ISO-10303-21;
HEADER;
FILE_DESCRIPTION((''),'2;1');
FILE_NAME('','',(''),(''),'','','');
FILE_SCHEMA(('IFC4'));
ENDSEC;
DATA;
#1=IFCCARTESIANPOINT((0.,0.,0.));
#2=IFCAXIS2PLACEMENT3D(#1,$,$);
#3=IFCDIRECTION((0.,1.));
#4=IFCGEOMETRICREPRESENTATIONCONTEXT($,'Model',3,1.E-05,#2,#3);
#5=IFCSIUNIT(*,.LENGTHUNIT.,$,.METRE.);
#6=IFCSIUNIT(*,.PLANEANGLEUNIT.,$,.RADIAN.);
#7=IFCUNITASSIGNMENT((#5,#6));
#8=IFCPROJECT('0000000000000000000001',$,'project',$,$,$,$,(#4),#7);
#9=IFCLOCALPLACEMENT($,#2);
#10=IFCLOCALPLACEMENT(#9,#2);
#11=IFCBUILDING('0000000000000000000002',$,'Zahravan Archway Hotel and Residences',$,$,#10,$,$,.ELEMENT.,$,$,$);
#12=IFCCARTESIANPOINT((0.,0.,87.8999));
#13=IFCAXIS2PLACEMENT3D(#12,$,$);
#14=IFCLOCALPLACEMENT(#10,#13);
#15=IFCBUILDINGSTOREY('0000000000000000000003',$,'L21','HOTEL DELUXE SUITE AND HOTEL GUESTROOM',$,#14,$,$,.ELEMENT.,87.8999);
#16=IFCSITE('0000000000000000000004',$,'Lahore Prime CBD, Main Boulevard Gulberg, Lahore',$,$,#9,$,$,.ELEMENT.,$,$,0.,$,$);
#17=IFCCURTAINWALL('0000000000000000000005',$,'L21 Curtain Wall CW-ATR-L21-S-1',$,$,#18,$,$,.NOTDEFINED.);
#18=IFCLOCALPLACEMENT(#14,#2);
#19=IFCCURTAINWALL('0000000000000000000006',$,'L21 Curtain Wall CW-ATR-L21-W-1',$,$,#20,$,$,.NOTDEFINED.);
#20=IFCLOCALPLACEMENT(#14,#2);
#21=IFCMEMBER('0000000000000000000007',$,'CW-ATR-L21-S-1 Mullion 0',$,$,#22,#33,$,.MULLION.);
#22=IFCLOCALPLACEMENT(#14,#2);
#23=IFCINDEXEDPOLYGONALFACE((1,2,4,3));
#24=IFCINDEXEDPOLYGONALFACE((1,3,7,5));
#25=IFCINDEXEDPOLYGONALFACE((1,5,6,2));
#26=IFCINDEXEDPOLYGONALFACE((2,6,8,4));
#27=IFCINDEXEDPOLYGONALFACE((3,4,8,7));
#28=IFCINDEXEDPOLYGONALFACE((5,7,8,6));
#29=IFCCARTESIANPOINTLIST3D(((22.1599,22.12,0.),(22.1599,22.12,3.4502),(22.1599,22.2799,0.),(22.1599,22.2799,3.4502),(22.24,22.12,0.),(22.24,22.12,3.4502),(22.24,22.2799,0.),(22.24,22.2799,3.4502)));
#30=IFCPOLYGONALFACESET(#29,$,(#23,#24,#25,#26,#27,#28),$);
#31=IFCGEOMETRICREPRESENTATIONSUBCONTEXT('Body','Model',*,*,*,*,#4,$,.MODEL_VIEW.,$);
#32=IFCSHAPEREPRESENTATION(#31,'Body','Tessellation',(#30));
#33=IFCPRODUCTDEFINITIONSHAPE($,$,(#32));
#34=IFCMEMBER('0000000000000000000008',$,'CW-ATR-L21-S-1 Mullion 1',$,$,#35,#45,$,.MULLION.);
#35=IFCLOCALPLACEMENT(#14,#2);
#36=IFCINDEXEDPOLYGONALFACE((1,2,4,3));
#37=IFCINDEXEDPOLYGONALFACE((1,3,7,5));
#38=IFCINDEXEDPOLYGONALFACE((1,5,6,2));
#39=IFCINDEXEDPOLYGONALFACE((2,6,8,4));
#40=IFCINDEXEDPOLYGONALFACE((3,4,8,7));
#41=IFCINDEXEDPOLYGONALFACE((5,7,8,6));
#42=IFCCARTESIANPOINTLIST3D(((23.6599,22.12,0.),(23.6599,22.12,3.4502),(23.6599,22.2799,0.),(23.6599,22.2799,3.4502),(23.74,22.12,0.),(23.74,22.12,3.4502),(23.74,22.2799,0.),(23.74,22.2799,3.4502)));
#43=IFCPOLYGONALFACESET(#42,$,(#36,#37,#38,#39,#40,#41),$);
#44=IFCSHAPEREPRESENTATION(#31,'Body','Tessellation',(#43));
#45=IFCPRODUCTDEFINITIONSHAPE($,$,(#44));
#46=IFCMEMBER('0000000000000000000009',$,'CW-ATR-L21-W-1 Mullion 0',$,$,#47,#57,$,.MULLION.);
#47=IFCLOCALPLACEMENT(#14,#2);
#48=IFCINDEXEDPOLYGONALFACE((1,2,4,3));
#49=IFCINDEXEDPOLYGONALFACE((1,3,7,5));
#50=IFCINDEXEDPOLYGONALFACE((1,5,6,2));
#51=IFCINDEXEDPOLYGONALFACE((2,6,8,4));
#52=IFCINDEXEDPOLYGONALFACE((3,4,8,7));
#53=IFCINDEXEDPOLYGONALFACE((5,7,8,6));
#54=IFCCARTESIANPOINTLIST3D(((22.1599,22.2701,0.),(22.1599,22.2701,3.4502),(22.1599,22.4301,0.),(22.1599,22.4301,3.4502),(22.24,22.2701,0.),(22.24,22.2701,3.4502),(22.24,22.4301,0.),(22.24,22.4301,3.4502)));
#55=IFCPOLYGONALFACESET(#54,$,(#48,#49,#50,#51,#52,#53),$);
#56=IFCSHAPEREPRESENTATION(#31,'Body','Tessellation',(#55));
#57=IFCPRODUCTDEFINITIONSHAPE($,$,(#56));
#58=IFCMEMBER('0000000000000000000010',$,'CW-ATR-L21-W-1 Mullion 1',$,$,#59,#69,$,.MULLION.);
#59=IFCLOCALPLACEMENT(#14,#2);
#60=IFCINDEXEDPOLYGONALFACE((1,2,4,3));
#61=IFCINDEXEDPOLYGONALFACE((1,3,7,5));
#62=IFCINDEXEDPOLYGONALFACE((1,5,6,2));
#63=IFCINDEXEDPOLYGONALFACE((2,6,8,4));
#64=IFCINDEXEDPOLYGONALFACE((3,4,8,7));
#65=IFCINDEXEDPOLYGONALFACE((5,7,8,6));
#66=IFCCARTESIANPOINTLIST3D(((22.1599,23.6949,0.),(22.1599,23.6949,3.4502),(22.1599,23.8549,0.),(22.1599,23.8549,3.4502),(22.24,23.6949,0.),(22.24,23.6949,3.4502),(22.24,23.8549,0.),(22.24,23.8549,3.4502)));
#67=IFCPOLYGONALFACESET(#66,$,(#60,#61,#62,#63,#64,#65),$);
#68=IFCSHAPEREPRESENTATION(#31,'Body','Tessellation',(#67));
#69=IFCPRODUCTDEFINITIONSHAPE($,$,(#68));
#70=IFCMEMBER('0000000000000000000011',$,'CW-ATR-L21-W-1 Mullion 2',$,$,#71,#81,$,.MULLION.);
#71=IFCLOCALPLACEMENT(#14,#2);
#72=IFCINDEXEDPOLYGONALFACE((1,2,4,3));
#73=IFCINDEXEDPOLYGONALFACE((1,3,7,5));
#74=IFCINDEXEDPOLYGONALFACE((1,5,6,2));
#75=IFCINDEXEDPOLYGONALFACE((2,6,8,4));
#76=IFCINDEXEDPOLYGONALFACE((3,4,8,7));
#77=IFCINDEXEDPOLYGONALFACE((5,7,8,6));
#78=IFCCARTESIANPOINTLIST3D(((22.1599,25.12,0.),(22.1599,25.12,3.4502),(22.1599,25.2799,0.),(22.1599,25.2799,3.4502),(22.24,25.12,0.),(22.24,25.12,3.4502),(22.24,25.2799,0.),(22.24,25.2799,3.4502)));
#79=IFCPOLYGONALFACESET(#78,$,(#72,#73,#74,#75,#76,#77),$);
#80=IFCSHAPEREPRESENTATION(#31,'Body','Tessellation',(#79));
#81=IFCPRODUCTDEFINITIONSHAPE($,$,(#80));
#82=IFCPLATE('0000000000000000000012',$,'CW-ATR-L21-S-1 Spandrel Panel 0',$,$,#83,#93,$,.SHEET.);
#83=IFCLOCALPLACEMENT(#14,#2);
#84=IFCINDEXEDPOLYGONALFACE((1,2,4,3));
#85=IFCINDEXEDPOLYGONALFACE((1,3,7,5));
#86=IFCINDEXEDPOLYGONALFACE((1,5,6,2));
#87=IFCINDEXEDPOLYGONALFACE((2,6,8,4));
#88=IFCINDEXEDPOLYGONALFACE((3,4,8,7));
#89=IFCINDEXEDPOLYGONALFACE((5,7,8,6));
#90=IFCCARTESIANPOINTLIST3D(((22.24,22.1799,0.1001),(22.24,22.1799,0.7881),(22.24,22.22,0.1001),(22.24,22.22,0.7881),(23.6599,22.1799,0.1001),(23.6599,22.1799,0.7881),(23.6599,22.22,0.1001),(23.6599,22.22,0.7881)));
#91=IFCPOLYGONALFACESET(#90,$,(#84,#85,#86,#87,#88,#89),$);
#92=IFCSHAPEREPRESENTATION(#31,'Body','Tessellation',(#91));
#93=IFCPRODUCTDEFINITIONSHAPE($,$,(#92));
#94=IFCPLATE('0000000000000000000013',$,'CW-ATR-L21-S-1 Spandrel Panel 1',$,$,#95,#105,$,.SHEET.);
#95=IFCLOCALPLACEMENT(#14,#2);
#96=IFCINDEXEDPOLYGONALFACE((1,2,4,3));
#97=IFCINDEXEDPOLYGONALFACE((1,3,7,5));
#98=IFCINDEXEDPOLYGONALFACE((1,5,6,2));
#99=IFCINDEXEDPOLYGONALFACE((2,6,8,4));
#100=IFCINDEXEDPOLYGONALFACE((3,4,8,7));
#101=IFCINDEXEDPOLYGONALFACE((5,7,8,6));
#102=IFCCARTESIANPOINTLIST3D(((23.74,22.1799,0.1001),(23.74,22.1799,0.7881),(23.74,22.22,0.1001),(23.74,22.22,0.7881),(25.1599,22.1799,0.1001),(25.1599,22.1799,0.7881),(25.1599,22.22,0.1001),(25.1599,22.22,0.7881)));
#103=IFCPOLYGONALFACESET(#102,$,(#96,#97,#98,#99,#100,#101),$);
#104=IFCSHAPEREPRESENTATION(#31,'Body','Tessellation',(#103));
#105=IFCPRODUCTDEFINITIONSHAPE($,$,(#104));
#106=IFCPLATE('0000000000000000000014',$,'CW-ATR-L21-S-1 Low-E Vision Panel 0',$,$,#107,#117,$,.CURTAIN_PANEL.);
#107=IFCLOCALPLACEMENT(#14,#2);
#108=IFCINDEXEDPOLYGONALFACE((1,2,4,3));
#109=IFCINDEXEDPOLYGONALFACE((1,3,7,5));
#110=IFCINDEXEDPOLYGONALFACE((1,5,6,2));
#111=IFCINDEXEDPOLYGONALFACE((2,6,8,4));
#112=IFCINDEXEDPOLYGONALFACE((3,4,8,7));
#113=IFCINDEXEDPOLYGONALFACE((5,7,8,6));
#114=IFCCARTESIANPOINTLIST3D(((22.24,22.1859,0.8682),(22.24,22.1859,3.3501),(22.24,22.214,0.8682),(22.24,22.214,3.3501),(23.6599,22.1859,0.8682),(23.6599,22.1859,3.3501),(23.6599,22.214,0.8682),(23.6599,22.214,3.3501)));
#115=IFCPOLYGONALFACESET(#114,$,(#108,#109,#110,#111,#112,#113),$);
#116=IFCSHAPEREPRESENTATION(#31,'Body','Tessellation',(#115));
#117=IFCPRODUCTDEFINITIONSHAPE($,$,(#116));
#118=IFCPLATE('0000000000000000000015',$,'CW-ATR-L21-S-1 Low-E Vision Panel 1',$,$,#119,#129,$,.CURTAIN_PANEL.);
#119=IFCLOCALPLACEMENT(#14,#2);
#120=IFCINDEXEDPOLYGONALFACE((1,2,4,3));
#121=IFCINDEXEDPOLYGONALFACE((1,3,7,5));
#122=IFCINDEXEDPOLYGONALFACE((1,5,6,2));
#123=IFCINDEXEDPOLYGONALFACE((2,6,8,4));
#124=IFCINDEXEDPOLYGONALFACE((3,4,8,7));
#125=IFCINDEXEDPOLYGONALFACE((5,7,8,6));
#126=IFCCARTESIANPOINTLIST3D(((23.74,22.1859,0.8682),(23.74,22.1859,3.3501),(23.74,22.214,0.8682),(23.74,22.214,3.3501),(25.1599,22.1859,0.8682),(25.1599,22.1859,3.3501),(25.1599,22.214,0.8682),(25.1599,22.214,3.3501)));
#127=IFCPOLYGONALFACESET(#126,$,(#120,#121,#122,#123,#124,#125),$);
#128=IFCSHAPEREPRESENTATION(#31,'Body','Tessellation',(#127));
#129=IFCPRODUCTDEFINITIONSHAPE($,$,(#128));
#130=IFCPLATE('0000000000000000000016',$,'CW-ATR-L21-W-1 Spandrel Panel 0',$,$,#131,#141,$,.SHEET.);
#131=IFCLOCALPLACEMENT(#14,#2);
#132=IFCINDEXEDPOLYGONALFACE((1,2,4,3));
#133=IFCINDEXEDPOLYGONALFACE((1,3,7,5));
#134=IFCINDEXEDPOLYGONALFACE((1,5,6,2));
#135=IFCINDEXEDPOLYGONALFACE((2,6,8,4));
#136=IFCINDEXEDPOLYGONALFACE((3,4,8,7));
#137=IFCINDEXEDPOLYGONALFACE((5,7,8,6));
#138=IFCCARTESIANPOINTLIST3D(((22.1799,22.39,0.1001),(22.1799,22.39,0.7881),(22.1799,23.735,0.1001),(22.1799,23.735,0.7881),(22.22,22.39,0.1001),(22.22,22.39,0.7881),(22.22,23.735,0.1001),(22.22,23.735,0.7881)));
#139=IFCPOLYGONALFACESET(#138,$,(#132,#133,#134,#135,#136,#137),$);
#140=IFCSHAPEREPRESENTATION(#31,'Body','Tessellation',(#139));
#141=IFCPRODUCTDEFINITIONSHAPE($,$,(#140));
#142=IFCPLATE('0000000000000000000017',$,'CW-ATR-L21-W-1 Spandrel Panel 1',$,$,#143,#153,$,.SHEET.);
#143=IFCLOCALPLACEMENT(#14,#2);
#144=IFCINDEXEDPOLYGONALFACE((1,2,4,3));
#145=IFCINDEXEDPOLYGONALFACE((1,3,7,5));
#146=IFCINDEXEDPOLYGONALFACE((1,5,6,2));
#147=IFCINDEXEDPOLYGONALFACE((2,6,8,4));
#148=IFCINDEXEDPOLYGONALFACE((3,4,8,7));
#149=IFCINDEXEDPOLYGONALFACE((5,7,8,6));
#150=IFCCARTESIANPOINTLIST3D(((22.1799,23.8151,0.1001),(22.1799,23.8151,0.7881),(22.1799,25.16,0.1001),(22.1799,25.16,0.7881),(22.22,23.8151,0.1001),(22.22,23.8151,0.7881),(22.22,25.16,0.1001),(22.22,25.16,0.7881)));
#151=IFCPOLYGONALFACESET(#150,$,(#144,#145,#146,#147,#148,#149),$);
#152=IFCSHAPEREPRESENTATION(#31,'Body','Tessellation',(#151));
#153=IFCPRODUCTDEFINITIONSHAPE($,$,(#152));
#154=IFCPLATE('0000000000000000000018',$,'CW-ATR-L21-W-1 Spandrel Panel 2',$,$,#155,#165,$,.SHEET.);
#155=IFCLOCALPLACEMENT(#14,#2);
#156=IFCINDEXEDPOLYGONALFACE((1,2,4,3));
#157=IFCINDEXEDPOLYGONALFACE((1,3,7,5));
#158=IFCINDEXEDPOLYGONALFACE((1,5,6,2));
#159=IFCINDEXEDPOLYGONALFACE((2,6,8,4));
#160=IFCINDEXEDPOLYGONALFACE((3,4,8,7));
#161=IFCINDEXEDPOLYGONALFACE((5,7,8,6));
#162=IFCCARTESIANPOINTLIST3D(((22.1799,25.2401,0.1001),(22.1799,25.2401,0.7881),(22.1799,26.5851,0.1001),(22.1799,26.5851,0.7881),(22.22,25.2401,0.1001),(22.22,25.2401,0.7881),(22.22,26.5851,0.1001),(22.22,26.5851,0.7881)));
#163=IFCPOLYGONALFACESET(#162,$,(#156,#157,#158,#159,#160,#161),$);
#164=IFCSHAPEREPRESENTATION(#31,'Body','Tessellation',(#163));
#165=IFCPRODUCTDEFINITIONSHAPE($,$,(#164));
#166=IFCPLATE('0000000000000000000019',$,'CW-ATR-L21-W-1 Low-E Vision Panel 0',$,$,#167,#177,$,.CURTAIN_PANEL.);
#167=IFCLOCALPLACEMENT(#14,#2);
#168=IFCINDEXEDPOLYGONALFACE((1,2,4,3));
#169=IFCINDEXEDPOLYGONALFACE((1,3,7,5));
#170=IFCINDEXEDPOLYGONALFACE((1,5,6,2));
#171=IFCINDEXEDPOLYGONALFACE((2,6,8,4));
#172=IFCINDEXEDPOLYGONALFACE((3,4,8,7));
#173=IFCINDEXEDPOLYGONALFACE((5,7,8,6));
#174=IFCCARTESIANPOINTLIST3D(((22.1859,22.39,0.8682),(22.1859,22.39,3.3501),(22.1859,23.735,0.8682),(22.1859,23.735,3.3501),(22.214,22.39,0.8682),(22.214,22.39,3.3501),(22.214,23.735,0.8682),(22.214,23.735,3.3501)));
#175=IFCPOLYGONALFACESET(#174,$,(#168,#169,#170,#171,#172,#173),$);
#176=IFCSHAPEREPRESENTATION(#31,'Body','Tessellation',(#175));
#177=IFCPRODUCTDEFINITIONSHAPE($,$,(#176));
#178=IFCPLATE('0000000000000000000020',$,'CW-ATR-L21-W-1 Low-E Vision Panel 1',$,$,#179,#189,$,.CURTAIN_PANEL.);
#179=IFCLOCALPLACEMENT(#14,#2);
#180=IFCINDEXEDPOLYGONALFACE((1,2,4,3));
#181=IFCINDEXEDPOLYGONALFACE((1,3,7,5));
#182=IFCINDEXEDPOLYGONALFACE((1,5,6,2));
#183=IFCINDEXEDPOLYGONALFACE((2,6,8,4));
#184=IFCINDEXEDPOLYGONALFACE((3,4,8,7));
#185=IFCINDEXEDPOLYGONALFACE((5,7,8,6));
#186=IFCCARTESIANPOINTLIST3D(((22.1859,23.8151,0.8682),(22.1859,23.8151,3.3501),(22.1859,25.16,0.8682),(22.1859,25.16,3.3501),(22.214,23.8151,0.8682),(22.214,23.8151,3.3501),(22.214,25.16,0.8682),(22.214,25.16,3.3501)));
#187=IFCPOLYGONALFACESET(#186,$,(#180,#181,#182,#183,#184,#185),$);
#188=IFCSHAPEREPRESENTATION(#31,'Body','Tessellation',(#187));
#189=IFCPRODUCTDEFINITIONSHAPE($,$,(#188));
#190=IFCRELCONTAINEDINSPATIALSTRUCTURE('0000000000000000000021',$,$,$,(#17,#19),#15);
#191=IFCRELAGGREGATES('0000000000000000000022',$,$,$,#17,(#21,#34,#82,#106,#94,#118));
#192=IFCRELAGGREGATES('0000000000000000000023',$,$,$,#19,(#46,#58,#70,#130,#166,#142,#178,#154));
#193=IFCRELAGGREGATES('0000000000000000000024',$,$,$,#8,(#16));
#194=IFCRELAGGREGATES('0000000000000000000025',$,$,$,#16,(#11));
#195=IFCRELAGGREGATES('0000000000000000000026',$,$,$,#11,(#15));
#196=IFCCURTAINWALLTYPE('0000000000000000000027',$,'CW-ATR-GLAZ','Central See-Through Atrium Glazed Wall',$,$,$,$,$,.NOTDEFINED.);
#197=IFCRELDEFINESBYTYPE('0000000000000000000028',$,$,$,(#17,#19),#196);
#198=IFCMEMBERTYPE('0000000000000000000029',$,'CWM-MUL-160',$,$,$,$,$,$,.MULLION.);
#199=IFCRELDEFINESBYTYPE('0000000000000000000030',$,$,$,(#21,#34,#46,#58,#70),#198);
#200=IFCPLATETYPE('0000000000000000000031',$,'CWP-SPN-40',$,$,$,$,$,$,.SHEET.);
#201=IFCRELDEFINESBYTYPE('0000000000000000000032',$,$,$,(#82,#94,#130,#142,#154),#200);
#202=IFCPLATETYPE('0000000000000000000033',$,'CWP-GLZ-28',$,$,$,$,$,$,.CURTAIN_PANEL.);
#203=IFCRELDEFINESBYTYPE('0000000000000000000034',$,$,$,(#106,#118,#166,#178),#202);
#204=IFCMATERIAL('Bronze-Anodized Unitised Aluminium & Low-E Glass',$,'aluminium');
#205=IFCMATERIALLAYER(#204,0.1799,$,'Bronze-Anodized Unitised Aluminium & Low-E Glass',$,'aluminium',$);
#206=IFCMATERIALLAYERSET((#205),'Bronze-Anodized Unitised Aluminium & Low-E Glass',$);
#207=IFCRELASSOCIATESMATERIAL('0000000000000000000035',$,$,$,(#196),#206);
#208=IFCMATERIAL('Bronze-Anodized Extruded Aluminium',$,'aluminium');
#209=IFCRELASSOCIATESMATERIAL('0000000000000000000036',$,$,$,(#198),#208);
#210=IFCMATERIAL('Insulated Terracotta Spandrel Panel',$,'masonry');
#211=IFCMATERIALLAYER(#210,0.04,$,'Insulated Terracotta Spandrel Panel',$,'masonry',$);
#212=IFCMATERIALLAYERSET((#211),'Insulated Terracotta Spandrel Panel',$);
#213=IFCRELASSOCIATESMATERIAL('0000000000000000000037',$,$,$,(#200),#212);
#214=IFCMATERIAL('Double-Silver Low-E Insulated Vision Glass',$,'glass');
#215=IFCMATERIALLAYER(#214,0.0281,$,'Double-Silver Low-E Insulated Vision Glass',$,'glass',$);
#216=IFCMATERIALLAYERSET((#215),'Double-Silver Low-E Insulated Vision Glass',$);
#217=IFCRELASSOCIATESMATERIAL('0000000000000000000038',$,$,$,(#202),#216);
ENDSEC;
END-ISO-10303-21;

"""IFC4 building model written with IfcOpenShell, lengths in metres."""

from ifc_helpers import new_model, si_unit, direction, frame, origin, origin_2d, place, context, subcontext, project, spatial, rectangle, extrude, source, transform, mapped, material, layer, layer_set, material_profile, profile_set, type_object, element, aggregate, save


model = new_model("IFC4")

# Units and contexts
model_context = context("Model", 3, precision=1e-05, world=origin(), true_north=direction((0.0, 1.0)))
body_context = subcontext(model_context, "Body", "Model", "MODEL_VIEW")
ifc_project = project(units=[si_unit("LENGTHUNIT", "METRE"), si_unit("PLANEANGLEUNIT", "RADIAN")], contexts=[model_context])

# Site, building, storey
site_placement = place(None, origin())
site = spatial("IfcSite", under=ifc_project, at=site_placement, Name="Lahore Prime CBD, Main Boulevard Gulberg, Lahore", CompositionType="ELEMENT", RefElevation=0.0)
building_placement = place(site_placement, origin())
building = spatial("IfcBuilding", under=site, at=building_placement, Name="Zahravan Archway Hotel and Residences", CompositionType="ELEMENT")
storey_placement = place(building_placement, frame((0.0, 0.0, 87.8999)))
storey = spatial("IfcBuildingStorey", under=building, at=storey_placement, Name="L21", Description="HOTEL DELUXE SUITE AND HOTEL GUESTROOM", CompositionType="ELEMENT", Elevation=87.8999)

# Curtain walls
ifc_material_1 = material(Name="Bronze-Anodized Unitised Aluminium & Low-E Glass", Category="aluminium")
ifc_layer_1 = layer(ifc_material_1, 0.1799, Name="Bronze-Anodized Unitised Aluminium & Low-E Glass", Category="aluminium")
ifc_layer_set_1 = layer_set([ifc_layer_1], Name="Bronze-Anodized Unitised Aluminium & Low-E Glass")
curtain_wall_type = type_object("IfcCurtainWallType", Name="CW-ATR-GLAZ", Description="Central See-Through Atrium Glazed Wall", PredefinedType="NOTDEFINED", material=ifc_layer_set_1)
curtain_wall_1_placement = place(storey_placement, origin())
curtain_wall_1 = element("IfcCurtainWall", 1, at=curtain_wall_1_placement, inside=storey, type_object=curtain_wall_type, Name="L21 Curtain Wall CW-ATR-L21-S-1", PredefinedType="NOTDEFINED")
ifc_material_2 = material(Name="Bronze-Anodized Extruded Aluminium", Category="aluminium")
curtain_wall_2_placement = place(storey_placement, origin())
curtain_wall_2 = element("IfcCurtainWall", 2, at=curtain_wall_2_placement, inside=storey, type_object=curtain_wall_type, Name="L21 Curtain Wall CW-ATR-L21-W-1", PredefinedType="NOTDEFINED")

# Members
ifc_material_profile_1 = material_profile(ifc_material_2, rectangle(XDim=0.0801, YDim=0.1599, at=origin_2d()), Name="MUL 80x160", Category="aluminium")
ifc_profile_set_1 = profile_set([ifc_material_profile_1], Name="Bronze-Anodized Extruded Aluminium")
member_type_1 = type_object("IfcMemberType", Name="CWM-MUL-160", PredefinedType="MULLION", material=ifc_profile_set_1)
shared_shape_1 = source(origin(), body_context, "Body", "SweptSolid", [
    extrude(rectangle(XDim=0.0801, YDim=0.1599, at=origin_2d()), origin(), (0.0, 0.0, 1.0), 3.4502),
])
member_1_placement = place(storey_placement, frame((22.2, 22.2, 0.0), z_axis=(0.0, 0.0, 1.0), x_axis=(1.0, 0.0, 0.0)))
member_1 = element("IfcMember", 3, at=member_1_placement, type_object=member_type_1, Name="CW-ATR-L21-S-1 Mullion 0", PredefinedType="MULLION", context=body_context, shape_type="MappedRepresentation", body=[
    mapped(shared_shape_1, transform((0.0, 0.0, 0.0), scale=1.0)),
])
member_2_placement = place(storey_placement, frame((23.7, 22.2, 0.0), z_axis=(0.0, 0.0, 1.0), x_axis=(1.0, 0.0, 0.0)))
member_2 = element("IfcMember", 4, at=member_2_placement, type_object=member_type_1, Name="CW-ATR-L21-S-1 Mullion 1", PredefinedType="MULLION", context=body_context, shape_type="MappedRepresentation", body=[
    mapped(shared_shape_1, transform((0.0, 0.0, 0.0), scale=1.0)),
])
member_3_placement = place(storey_placement, frame((22.2, 22.3501, 0.0), z_axis=(0.0, 0.0, 1.0), x_axis=(1.0, 0.0, 0.0)))
member_3 = element("IfcMember", 5, at=member_3_placement, type_object=member_type_1, Name="CW-ATR-L21-W-1 Mullion 0", PredefinedType="MULLION", context=body_context, shape_type="MappedRepresentation", body=[
    mapped(shared_shape_1, transform((0.0, 0.0, 0.0), scale=1.0)),
])
member_4_placement = place(storey_placement, frame((22.2, 23.7749, 0.0), z_axis=(0.0, 0.0, 1.0), x_axis=(1.0, 0.0, 0.0)))
member_4 = element("IfcMember", 6, at=member_4_placement, type_object=member_type_1, Name="CW-ATR-L21-W-1 Mullion 1", PredefinedType="MULLION", context=body_context, shape_type="MappedRepresentation", body=[
    mapped(shared_shape_1, transform((0.0, 0.0, 0.0), scale=1.0)),
])
member_5_placement = place(storey_placement, frame((22.2, 25.2, 0.0), z_axis=(0.0, 0.0, 1.0), x_axis=(1.0, 0.0, 0.0)))
member_5 = element("IfcMember", 7, at=member_5_placement, type_object=member_type_1, Name="CW-ATR-L21-W-1 Mullion 2", PredefinedType="MULLION", context=body_context, shape_type="MappedRepresentation", body=[
    mapped(shared_shape_1, transform((0.0, 0.0, 0.0), scale=1.0)),
])

# Plates
ifc_material_3 = material(Name="Insulated Terracotta Spandrel Panel", Category="masonry")
ifc_layer_2 = layer(ifc_material_3, 0.04, Name="Insulated Terracotta Spandrel Panel", Category="masonry")
ifc_layer_set_2 = layer_set([ifc_layer_2], Name="Insulated Terracotta Spandrel Panel")
plate_type_1 = type_object("IfcPlateType", Name="CWP-SPN-40", PredefinedType="SHEET", material=ifc_layer_set_2)
shared_shape_2 = source(origin(), body_context, "Body", "SweptSolid", [
    extrude(rectangle(XDim=1.4199, YDim=0.04, at=origin_2d()), origin(), (0.0, 0.0, 1.0), 0.688),
])
plate_1_placement = place(storey_placement, frame((22.95, 22.2, 0.1001), z_axis=(0.0, 0.0, 1.0), x_axis=(1.0, 0.0, 0.0)))
plate_1 = element("IfcPlate", 8, at=plate_1_placement, type_object=plate_type_1, Name="CW-ATR-L21-S-1 Spandrel Panel 0", PredefinedType="SHEET", context=body_context, shape_type="MappedRepresentation", body=[
    mapped(shared_shape_2, transform((0.0, 0.0, 0.0), scale=1.0)),
])
plate_2_placement = place(storey_placement, frame((24.45, 22.2, 0.1001), z_axis=(0.0, 0.0, 1.0), x_axis=(1.0, 0.0, 0.0)))
plate_2 = element("IfcPlate", 9, at=plate_2_placement, type_object=plate_type_1, Name="CW-ATR-L21-S-1 Spandrel Panel 1", PredefinedType="SHEET", context=body_context, shape_type="MappedRepresentation", body=[
    mapped(shared_shape_2, transform((0.0, 0.0, 0.0), scale=1.0)),
])
ifc_material_4 = material(Name="Double-Silver Low-E Insulated Vision Glass", Category="glass")
ifc_layer_3 = layer(ifc_material_4, 0.0281, Name="Double-Silver Low-E Insulated Vision Glass", Category="glass")
ifc_layer_set_3 = layer_set([ifc_layer_3], Name="Double-Silver Low-E Insulated Vision Glass")
plate_type_2 = type_object("IfcPlateType", Name="CWP-GLZ-28", PredefinedType="CURTAIN_PANEL", material=ifc_layer_set_3)
shared_shape_3 = source(origin(), body_context, "Body", "SweptSolid", [
    extrude(rectangle(XDim=1.4199, YDim=0.0281, at=origin_2d()), origin(), (0.0, 0.0, 1.0), 2.4819),
])
plate_3_placement = place(storey_placement, frame((22.95, 22.2, 0.8682), z_axis=(0.0, 0.0, 1.0), x_axis=(1.0, 0.0, 0.0)))
plate_3 = element("IfcPlate", 10, at=plate_3_placement, type_object=plate_type_2, Name="CW-ATR-L21-S-1 Low-E Vision Panel 0", PredefinedType="CURTAIN_PANEL", context=body_context, shape_type="MappedRepresentation", body=[
    mapped(shared_shape_3, transform((0.0, 0.0, 0.0), scale=1.0)),
])
plate_4_placement = place(storey_placement, frame((24.45, 22.2, 0.8682), z_axis=(0.0, 0.0, 1.0), x_axis=(1.0, 0.0, 0.0)))
plate_4 = element("IfcPlate", 11, at=plate_4_placement, type_object=plate_type_2, Name="CW-ATR-L21-S-1 Low-E Vision Panel 1", PredefinedType="CURTAIN_PANEL", context=body_context, shape_type="MappedRepresentation", body=[
    mapped(shared_shape_3, transform((0.0, 0.0, 0.0), scale=1.0)),
])
aggregate(curtain_wall_1, [member_1, member_2, plate_1, plate_3, plate_2, plate_4])
shared_shape_4 = source(origin(), body_context, "Body", "SweptSolid", [
    extrude(rectangle(XDim=1.345, YDim=0.04, at=origin_2d()), origin(), (0.0, 0.0, 1.0), 0.688),
])
plate_5_placement = place(storey_placement, frame((22.2, 23.0625, 0.1001), z_axis=(0.0, 0.0, 1.0), x_axis=(0.0, 1.0, 0.0)))
plate_5 = element("IfcPlate", 12, at=plate_5_placement, type_object=plate_type_1, Name="CW-ATR-L21-W-1 Spandrel Panel 0", PredefinedType="SHEET", context=body_context, shape_type="MappedRepresentation", body=[
    mapped(shared_shape_4, transform((0.0, 0.0, 0.0), scale=1.0)),
])
plate_6_placement = place(storey_placement, frame((22.2, 24.4875, 0.1001), z_axis=(0.0, 0.0, 1.0), x_axis=(0.0, 1.0, 0.0)))
plate_6 = element("IfcPlate", 13, at=plate_6_placement, type_object=plate_type_1, Name="CW-ATR-L21-W-1 Spandrel Panel 1", PredefinedType="SHEET", context=body_context, shape_type="MappedRepresentation", body=[
    mapped(shared_shape_4, transform((0.0, 0.0, 0.0), scale=1.0)),
])
plate_7_placement = place(storey_placement, frame((22.2, 25.9126, 0.1001), z_axis=(0.0, 0.0, 1.0), x_axis=(0.0, 1.0, 0.0)))
plate_7 = element("IfcPlate", 14, at=plate_7_placement, type_object=plate_type_1, Name="CW-ATR-L21-W-1 Spandrel Panel 2", PredefinedType="SHEET", context=body_context, shape_type="MappedRepresentation", body=[
    mapped(shared_shape_4, transform((0.0, 0.0, 0.0), scale=1.0)),
])
shared_shape_5 = source(origin(), body_context, "Body", "SweptSolid", [
    extrude(rectangle(XDim=1.345, YDim=0.0281, at=origin_2d()), origin(), (0.0, 0.0, 1.0), 2.4819),
])
plate_8_placement = place(storey_placement, frame((22.2, 23.0625, 0.8682), z_axis=(0.0, 0.0, 1.0), x_axis=(0.0, 1.0, 0.0)))
plate_8 = element("IfcPlate", 15, at=plate_8_placement, type_object=plate_type_2, Name="CW-ATR-L21-W-1 Low-E Vision Panel 0", PredefinedType="CURTAIN_PANEL", context=body_context, shape_type="MappedRepresentation", body=[
    mapped(shared_shape_5, transform((0.0, 0.0, 0.0), scale=1.0)),
])
plate_9_placement = place(storey_placement, frame((22.2, 24.4875, 0.8682), z_axis=(0.0, 0.0, 1.0), x_axis=(0.0, 1.0, 0.0)))
plate_9 = element("IfcPlate", 16, at=plate_9_placement, type_object=plate_type_2, Name="CW-ATR-L21-W-1 Low-E Vision Panel 1", PredefinedType="CURTAIN_PANEL", context=body_context, shape_type="MappedRepresentation", body=[
    mapped(shared_shape_5, transform((0.0, 0.0, 0.0), scale=1.0)),
])
aggregate(curtain_wall_2, [member_3, member_4, member_5, plate_5, plate_8, plate_6, plate_9, plate_7])

save(model, "model.ifc")
